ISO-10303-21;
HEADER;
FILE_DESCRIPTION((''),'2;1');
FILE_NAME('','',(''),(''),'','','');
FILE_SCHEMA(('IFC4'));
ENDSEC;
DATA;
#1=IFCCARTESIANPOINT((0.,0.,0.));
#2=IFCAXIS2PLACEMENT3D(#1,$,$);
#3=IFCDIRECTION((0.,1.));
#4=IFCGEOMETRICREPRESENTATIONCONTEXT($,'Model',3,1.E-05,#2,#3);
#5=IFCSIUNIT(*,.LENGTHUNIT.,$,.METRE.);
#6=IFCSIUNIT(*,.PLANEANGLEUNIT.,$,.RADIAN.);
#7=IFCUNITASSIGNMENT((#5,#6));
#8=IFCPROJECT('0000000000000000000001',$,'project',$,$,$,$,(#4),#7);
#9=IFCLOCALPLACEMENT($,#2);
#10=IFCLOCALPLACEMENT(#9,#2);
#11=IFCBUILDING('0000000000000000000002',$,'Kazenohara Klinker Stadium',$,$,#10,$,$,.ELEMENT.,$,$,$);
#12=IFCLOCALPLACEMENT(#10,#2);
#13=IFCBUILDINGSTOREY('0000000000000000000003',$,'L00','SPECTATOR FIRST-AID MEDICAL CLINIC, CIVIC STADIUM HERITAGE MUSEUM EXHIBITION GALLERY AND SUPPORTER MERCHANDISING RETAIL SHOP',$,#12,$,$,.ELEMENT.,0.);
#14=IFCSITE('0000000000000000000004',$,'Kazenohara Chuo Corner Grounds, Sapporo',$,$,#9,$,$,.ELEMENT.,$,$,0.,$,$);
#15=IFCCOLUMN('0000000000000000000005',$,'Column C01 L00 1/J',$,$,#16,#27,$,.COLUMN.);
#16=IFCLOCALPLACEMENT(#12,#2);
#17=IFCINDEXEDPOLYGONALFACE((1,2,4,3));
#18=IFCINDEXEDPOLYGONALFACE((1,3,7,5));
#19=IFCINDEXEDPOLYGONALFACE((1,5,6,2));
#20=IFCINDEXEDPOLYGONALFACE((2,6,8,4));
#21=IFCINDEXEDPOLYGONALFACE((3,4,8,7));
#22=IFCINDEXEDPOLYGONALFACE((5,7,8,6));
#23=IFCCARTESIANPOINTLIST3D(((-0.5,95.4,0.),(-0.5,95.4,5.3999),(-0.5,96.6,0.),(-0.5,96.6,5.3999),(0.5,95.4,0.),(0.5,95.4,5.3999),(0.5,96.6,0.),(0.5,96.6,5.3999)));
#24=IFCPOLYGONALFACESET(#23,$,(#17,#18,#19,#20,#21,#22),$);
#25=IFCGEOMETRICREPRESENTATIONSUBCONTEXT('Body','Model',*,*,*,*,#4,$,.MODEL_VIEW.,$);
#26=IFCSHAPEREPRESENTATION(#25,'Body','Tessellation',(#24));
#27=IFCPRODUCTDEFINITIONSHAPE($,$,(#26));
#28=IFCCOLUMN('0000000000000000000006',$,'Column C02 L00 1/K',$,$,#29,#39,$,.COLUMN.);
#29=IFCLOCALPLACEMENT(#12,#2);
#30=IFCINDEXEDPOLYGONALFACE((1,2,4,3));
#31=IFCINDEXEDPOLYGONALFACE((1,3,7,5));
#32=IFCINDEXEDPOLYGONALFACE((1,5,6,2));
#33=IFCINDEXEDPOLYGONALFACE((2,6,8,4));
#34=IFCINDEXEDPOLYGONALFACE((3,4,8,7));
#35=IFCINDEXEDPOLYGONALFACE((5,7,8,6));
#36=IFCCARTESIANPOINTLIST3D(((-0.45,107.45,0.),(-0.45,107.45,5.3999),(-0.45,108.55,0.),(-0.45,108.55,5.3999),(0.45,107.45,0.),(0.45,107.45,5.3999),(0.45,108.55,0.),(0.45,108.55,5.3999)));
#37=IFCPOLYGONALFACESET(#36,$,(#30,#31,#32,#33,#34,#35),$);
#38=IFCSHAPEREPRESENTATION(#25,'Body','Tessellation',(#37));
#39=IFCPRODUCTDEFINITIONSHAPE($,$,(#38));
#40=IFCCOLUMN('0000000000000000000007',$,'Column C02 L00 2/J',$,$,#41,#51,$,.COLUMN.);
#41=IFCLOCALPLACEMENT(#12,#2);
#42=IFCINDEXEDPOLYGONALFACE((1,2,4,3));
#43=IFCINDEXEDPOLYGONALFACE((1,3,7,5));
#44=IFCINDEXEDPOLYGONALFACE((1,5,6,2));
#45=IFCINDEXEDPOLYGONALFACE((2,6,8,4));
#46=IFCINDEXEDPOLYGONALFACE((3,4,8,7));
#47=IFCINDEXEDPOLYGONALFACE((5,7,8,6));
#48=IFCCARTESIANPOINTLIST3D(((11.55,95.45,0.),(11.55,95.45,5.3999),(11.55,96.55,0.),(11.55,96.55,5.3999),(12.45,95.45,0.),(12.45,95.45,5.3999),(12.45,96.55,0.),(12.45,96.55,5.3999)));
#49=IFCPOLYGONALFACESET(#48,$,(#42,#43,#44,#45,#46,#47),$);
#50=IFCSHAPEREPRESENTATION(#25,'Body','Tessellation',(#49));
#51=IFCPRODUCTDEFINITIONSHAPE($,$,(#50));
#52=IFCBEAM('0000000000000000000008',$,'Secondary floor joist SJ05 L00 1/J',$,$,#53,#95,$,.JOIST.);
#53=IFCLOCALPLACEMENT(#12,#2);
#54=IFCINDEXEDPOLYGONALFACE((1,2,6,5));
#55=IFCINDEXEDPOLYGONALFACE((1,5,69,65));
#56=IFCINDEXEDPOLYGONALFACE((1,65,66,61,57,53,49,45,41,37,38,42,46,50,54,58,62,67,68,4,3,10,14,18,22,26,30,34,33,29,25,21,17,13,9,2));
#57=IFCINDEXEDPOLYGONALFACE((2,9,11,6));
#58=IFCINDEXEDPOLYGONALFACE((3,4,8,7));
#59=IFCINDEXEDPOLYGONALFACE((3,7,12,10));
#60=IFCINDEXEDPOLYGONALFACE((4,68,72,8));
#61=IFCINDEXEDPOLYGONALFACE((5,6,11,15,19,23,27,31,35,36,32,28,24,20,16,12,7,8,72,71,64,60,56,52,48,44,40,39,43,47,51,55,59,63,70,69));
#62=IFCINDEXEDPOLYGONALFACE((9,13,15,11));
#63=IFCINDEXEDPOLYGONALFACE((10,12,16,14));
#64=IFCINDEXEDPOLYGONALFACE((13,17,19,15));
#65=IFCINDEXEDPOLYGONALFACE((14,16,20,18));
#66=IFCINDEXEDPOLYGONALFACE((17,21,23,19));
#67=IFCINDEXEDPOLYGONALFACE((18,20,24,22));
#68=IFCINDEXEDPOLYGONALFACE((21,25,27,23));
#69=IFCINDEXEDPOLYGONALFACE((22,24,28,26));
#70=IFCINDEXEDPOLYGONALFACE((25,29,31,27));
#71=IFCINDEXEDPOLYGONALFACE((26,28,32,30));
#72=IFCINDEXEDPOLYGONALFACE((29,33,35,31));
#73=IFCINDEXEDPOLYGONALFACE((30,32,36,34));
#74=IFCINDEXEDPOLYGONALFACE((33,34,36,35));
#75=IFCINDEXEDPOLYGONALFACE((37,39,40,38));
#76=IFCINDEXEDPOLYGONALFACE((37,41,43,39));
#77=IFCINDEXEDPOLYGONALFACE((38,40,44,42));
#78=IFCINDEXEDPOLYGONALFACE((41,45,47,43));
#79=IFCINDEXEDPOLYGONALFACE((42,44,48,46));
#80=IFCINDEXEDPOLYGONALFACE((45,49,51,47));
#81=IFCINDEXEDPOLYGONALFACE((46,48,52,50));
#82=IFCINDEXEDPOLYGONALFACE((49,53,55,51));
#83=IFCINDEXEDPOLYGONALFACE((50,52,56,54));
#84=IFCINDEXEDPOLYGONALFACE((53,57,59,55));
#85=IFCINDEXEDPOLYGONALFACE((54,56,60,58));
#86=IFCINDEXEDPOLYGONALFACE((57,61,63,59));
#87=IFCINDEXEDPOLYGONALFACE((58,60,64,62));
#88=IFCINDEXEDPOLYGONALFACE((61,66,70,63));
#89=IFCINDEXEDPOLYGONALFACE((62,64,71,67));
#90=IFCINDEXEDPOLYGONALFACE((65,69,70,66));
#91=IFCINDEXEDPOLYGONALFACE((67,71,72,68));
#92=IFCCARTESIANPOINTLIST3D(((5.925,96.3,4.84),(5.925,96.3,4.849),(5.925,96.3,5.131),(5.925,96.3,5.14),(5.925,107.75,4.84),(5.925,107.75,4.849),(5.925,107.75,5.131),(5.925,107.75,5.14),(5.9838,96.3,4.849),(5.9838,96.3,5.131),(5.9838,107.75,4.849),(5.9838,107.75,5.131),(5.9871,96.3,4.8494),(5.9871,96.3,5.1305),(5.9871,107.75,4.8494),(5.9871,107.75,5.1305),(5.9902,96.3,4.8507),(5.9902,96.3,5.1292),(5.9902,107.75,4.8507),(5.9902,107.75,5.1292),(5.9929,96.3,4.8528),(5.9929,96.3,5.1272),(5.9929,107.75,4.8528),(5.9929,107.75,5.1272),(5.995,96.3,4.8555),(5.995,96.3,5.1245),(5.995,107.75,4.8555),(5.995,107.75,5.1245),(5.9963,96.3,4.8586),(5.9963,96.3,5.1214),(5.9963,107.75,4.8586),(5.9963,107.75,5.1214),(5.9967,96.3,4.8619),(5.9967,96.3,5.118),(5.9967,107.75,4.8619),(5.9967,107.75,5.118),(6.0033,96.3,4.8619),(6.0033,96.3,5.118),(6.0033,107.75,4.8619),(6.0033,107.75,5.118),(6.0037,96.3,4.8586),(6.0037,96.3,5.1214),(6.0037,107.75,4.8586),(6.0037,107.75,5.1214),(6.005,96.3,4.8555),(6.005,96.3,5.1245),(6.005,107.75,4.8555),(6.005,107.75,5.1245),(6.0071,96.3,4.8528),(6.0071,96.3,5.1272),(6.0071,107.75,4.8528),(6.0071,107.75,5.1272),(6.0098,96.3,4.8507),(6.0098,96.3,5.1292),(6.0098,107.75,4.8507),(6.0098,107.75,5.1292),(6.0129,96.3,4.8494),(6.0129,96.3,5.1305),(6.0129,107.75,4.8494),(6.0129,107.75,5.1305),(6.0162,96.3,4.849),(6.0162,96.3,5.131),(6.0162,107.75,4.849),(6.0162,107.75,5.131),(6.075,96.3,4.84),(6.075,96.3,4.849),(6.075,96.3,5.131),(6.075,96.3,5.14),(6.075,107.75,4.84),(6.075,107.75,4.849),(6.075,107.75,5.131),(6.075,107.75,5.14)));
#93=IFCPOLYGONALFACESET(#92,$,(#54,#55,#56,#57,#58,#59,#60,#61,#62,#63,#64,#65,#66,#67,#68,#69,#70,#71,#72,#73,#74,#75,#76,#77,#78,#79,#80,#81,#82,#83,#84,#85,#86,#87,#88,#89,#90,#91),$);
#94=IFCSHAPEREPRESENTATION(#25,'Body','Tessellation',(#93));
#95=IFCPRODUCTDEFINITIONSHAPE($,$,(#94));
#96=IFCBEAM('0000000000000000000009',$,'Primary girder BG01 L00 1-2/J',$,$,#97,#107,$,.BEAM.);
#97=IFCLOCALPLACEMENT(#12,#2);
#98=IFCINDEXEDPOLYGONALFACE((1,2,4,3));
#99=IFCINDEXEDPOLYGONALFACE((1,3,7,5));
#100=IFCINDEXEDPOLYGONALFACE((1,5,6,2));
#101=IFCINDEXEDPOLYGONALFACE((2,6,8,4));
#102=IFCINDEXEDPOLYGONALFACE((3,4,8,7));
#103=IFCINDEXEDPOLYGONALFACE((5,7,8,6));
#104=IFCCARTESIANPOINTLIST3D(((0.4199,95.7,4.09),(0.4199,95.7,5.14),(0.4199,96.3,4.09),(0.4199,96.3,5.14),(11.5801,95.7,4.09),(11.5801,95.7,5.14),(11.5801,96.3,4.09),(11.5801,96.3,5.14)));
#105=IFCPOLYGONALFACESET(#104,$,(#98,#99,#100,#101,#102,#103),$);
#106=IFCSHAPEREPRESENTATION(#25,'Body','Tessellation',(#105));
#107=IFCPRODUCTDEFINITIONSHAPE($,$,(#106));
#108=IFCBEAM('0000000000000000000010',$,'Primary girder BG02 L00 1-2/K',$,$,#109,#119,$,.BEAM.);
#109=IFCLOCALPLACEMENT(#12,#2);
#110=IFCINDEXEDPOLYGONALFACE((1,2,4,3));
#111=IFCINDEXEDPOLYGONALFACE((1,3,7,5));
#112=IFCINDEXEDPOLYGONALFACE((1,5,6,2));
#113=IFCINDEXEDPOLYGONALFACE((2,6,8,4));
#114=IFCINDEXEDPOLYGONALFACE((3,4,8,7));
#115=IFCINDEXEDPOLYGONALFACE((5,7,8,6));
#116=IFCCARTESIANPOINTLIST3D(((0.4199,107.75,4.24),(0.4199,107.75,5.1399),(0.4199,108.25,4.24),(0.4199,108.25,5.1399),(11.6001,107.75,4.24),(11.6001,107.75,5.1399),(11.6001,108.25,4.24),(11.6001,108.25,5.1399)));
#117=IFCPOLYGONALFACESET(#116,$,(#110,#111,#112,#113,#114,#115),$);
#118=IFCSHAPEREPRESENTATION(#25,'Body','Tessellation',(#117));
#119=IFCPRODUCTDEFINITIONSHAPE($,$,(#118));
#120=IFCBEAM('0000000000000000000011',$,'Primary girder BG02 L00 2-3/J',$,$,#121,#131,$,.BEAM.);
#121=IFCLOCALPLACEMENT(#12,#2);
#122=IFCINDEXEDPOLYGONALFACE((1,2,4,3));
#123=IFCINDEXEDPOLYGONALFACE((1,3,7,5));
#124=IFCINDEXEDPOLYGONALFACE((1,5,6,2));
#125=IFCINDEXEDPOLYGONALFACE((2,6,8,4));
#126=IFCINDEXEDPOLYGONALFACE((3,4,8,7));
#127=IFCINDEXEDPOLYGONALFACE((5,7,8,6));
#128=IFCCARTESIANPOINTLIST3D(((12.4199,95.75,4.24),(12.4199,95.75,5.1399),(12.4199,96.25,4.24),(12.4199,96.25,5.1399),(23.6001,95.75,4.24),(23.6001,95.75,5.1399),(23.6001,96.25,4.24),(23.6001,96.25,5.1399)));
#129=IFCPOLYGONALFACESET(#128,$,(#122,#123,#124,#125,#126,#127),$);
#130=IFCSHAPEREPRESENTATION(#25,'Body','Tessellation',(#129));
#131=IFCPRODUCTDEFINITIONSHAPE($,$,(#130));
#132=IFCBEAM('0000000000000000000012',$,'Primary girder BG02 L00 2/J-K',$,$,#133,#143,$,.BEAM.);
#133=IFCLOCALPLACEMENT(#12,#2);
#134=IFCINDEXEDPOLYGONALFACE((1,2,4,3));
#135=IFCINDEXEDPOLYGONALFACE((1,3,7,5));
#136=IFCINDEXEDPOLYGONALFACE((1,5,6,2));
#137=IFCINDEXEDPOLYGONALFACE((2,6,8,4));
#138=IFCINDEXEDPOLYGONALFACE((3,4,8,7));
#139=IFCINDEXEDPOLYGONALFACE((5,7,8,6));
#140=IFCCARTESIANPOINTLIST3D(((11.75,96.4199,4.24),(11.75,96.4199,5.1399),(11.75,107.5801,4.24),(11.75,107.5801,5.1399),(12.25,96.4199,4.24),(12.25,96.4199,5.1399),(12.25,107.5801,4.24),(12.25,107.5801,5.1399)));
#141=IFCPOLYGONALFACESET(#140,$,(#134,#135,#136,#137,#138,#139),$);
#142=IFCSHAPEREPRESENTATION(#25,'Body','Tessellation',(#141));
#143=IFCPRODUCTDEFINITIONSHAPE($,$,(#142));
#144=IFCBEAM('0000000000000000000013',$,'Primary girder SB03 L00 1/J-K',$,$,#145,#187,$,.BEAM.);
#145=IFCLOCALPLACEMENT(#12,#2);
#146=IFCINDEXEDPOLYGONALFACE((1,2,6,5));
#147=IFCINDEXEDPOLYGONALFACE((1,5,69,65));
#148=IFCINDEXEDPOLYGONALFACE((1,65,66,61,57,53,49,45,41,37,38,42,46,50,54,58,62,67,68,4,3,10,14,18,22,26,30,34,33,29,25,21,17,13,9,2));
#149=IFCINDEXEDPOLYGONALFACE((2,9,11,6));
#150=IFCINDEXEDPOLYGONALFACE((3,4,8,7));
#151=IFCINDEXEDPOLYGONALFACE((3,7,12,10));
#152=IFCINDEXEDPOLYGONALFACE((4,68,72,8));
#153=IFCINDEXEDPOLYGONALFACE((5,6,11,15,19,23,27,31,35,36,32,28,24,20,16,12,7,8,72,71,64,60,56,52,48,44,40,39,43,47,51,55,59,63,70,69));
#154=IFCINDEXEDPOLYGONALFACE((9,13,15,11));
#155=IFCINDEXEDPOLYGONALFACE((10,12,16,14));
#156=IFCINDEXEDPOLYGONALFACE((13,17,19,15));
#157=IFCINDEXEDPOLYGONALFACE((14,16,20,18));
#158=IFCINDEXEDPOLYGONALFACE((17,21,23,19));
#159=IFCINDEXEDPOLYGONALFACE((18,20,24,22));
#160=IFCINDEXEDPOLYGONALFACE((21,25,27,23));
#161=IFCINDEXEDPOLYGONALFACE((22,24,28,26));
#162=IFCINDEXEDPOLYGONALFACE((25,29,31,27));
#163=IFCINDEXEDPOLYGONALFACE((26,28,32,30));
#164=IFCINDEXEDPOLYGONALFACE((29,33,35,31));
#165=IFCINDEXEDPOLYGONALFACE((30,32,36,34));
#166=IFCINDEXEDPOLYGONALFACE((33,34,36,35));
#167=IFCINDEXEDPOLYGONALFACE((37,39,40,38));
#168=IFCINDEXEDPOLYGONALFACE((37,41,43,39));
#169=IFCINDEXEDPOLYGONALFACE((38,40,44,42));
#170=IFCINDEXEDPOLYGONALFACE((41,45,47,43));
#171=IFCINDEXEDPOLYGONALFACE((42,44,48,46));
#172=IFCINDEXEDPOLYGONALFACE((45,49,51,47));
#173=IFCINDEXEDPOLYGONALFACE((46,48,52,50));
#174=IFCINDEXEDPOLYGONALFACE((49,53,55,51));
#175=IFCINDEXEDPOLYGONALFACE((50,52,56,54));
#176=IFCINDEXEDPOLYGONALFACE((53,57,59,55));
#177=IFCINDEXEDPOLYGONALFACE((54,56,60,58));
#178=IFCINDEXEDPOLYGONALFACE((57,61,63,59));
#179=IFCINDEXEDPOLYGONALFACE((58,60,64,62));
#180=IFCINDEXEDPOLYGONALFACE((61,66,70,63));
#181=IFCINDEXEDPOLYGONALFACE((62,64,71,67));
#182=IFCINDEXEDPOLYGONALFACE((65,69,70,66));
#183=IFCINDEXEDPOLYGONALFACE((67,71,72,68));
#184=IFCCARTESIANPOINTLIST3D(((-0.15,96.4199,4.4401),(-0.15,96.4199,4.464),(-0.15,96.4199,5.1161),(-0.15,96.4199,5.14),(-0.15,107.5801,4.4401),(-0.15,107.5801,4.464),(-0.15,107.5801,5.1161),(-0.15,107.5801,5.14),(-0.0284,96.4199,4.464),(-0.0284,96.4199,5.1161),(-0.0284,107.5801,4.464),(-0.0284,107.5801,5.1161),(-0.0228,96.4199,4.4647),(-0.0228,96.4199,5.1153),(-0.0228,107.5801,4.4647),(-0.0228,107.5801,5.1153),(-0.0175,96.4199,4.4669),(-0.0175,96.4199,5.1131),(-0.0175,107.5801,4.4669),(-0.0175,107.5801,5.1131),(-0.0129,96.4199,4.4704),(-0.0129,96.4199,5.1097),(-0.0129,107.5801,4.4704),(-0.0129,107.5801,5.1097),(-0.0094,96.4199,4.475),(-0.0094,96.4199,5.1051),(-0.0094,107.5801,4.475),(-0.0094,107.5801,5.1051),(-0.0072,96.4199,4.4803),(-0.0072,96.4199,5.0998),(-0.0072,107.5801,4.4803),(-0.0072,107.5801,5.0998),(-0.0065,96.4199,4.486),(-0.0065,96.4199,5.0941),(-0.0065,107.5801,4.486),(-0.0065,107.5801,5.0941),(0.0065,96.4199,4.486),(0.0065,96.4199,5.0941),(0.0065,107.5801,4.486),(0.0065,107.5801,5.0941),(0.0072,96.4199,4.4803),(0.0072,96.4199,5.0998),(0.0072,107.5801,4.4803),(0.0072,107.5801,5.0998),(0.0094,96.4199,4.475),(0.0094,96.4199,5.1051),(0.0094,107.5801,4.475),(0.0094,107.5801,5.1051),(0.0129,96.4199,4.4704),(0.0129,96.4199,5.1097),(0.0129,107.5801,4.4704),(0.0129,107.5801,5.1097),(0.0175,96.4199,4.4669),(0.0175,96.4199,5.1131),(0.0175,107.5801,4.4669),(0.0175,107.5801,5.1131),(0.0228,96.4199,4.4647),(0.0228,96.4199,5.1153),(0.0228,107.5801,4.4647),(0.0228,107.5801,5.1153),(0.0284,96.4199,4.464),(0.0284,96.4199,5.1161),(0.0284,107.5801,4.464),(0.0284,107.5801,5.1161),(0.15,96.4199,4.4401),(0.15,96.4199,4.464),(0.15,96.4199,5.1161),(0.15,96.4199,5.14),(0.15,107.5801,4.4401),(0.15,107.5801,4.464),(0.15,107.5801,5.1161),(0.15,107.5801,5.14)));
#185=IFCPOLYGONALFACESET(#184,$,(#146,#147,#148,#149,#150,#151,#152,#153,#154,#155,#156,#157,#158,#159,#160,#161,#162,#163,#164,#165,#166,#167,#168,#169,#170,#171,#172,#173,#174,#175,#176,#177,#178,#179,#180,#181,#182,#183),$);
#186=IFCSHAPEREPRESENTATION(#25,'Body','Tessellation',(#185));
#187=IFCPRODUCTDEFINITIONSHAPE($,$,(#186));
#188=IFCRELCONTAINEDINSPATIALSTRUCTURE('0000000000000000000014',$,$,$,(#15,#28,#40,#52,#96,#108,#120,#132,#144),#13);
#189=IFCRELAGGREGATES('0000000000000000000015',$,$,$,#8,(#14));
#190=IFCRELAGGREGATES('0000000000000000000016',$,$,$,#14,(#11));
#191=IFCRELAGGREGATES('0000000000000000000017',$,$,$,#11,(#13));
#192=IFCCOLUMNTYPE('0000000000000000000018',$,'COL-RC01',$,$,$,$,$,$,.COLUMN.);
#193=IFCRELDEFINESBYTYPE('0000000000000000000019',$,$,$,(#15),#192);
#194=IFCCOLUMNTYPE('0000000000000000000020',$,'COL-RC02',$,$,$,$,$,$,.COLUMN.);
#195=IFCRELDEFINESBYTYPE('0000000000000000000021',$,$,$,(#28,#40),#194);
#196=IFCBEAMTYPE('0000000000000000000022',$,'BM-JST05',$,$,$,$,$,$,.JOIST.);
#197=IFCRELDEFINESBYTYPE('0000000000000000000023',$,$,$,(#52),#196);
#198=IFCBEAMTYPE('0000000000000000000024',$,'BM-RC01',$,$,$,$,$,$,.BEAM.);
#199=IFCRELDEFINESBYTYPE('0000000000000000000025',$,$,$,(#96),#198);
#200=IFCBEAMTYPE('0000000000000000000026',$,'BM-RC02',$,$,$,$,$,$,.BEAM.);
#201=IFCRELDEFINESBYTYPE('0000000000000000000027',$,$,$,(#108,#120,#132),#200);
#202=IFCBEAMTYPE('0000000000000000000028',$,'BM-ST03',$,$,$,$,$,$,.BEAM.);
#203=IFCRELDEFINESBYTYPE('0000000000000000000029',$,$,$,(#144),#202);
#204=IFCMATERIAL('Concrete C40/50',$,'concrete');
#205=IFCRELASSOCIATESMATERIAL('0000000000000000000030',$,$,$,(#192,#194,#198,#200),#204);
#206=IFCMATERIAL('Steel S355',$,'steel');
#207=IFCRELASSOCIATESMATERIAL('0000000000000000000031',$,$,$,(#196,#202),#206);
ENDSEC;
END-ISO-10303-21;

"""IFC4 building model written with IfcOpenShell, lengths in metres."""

from ifc_helpers import new_model, si_unit, direction, frame, origin, origin_2d, place, context, subcontext, project, spatial, rectangle, i_section, extrude, material, material_profile, profile_set, type_object, element, save


model = new_model("IFC4")

# Units and contexts
model_context = context("Model", 3, precision=1e-05, world=origin(), true_north=direction((0.0, 1.0)))
body_context = subcontext(model_context, "Body", "Model", "MODEL_VIEW")
ifc_project = project(units=[si_unit("LENGTHUNIT", "METRE"), si_unit("PLANEANGLEUNIT", "RADIAN")], contexts=[model_context])

# Site, building, storey
site_placement = place(None, origin())
site = spatial("IfcSite", under=ifc_project, at=site_placement, Name="Kazenohara Chuo Corner Grounds, Sapporo", CompositionType="ELEMENT", RefElevation=0.0)
building_placement = place(site_placement, origin())
building = spatial("IfcBuilding", under=site, at=building_placement, Name="Kazenohara Klinker Stadium", CompositionType="ELEMENT")
storey_placement = place(building_placement, origin())
storey = spatial("IfcBuildingStorey", under=building, at=storey_placement, Name="L00", Description="SPECTATOR FIRST-AID MEDICAL CLINIC, CIVIC STADIUM HERITAGE MUSEUM EXHIBITION GALLERY AND SUPPORTER MERCHANDISING RETAIL SHOP", CompositionType="ELEMENT", Elevation=0.0)

# Columns
ifc_material_1 = material(Name="Concrete C40/50", Category="concrete")
ifc_material_profile_1 = material_profile(ifc_material_1, rectangle(XDim=1.0, YDim=1.2, at=origin_2d()), Name="RC-COL-1200x1000")
ifc_profile_set_1 = profile_set([ifc_material_profile_1], Name="Concrete C40/50")
column_type_1 = type_object("IfcColumnType", Name="COL-RC01", PredefinedType="COLUMN", material=ifc_profile_set_1)
column_placement = place(storey_placement, frame((0.0, 96.0, 0.0), z_axis=(0.0, 0.0, 1.0), x_axis=(1.0, 0.0, 0.0)))
element("IfcColumn", 1, at=column_placement, inside=storey, type_object=column_type_1, Name="Column C01 L00 1/J", PredefinedType="COLUMN", context=body_context, shape_type="SweptSolid", body=[
    extrude(rectangle(XDim=1.0, YDim=1.2, at=origin_2d()), origin(), (0.0, 0.0, 1.0), 5.3999),
])
ifc_material_profile_2 = material_profile(ifc_material_1, rectangle(XDim=0.8999, YDim=1.1001, at=origin_2d()), Name="RC-COL-1100x900")
ifc_profile_set_2 = profile_set([ifc_material_profile_2], Name="Concrete C40/50")
column_type_2 = type_object("IfcColumnType", Name="COL-RC02", PredefinedType="COLUMN", material=ifc_profile_set_2)
for number, where, z_axis, x_axis, name in (
    (2, (0.0, 108.0, 0.0), (0.0, 0.0, 1.0), (1.0, 0.0, 0.0), "Column C02 L00 1/K"),
    (3, (12.0, 96.0, 0.0), (0.0, 0.0, 1.0), (1.0, 0.0, 0.0), "Column C02 L00 2/J"),
):
    element("IfcColumn", number, at=place(storey_placement, frame(where, z_axis=z_axis, x_axis=x_axis)), inside=storey, type_object=column_type_2, Name=name, PredefinedType="COLUMN", context=body_context, shape_type="SweptSolid", body=[
        extrude(rectangle(XDim=0.8999, YDim=1.1001, at=origin_2d()), origin(), (0.0, 0.0, 1.0), 5.3999),
    ])

# Beams
ifc_material_2 = material(Name="Steel S355", Category="steel")
ifc_material_profile_3 = material_profile(ifc_material_2, i_section(OverallWidth=0.1499, OverallDepth=0.3, WebThickness=0.0066, FlangeThickness=0.009, FilletRadius=0.0129, at=origin_2d()), Name="H-300x150x6.5x9")
ifc_profile_set_3 = profile_set([ifc_material_profile_3], Name="Steel S355")
beam_type_1 = type_object("IfcBeamType", Name="BM-JST05", PredefinedType="JOIST", material=ifc_profile_set_3)
beam_1_placement = place(storey_placement, frame((6.0, 96.3, 4.99), z_axis=(0.0, 1.0, 0.0), x_axis=(-1.0, 0.0, 0.0)))
element("IfcBeam", 4, at=beam_1_placement, inside=storey, type_object=beam_type_1, Name="Secondary floor joist SJ05 L00 1/J", PredefinedType="JOIST", context=body_context, shape_type="SweptSolid", body=[
    extrude(i_section(OverallWidth=0.1499, OverallDepth=0.3, WebThickness=0.0066, FlangeThickness=0.009, FilletRadius=0.0129, at=origin_2d()), origin(), (0.0, 0.0, 1.0), 11.45),
])
ifc_material_profile_4 = material_profile(ifc_material_1, rectangle(XDim=0.6001, YDim=1.05, at=origin_2d()), Name="RC-BM-600x1050")
ifc_profile_set_4 = profile_set([ifc_material_profile_4], Name="Concrete C40/50")
beam_type_2 = type_object("IfcBeamType", Name="BM-RC01", PredefinedType="BEAM", material=ifc_profile_set_4)
beam_2_placement = place(storey_placement, frame((0.4199, 96.0, 4.615), z_axis=(1.0, 0.0, 0.0), x_axis=(0.0, 1.0, 0.0)))
element("IfcBeam", 5, at=beam_2_placement, inside=storey, type_object=beam_type_2, Name="Primary girder BG01 L00 1-2/J", PredefinedType="BEAM", context=body_context, shape_type="SweptSolid", body=[
    extrude(rectangle(XDim=0.6001, YDim=1.05, at=origin_2d()), origin(), (0.0, 0.0, 1.0), 11.1602),
])
ifc_material_profile_5 = material_profile(ifc_material_1, rectangle(XDim=0.5, YDim=0.8999, at=origin_2d()), Name="RC-BM-500x900")
ifc_profile_set_5 = profile_set([ifc_material_profile_5], Name="Concrete C40/50")
beam_type_3 = type_object("IfcBeamType", Name="BM-RC02", PredefinedType="BEAM", material=ifc_profile_set_5)
for number, where, z_axis, x_axis, name in (
    (6, (0.4199, 108.0, 4.6899), (1.0, 0.0, 0.0), (0.0, 1.0, 0.0), "Primary girder BG02 L00 1-2/K"),
    (7, (12.4199, 96.0, 4.6899), (1.0, 0.0, 0.0), (0.0, 1.0, 0.0), "Primary girder BG02 L00 2-3/J"),
):
    element("IfcBeam", number, at=place(storey_placement, frame(where, z_axis=z_axis, x_axis=x_axis)), inside=storey, type_object=beam_type_3, Name=name, PredefinedType="BEAM", context=body_context, shape_type="SweptSolid", body=[
        extrude(rectangle(XDim=0.5, YDim=0.8999, at=origin_2d()), origin(), (0.0, 0.0, 1.0), 11.1802),
    ])
beam_3_placement = place(storey_placement, frame((12.0, 96.4199, 4.6899), z_axis=(0.0, 1.0, 0.0), x_axis=(-1.0, 0.0, 0.0)))
element("IfcBeam", 8, at=beam_3_placement, inside=storey, type_object=beam_type_3, Name="Primary girder BG02 L00 2/J-K", PredefinedType="BEAM", context=body_context, shape_type="SweptSolid", body=[
    extrude(rectangle(XDim=0.5, YDim=0.8999, at=origin_2d()), origin(), (0.0, 0.0, 1.0), 11.1602),
])
ifc_material_profile_6 = material_profile(ifc_material_2, i_section(OverallWidth=0.3, OverallDepth=0.7, WebThickness=0.0129, FlangeThickness=0.0239, FilletRadius=0.022, at=origin_2d()), Name="H-700x300x13x24")
ifc_profile_set_6 = profile_set([ifc_material_profile_6], Name="Steel S355")
beam_type_4 = type_object("IfcBeamType", Name="BM-ST03", PredefinedType="BEAM", material=ifc_profile_set_6)
beam_4_placement = place(storey_placement, frame((0.0, 96.4199, 4.79), z_axis=(0.0, 1.0, 0.0), x_axis=(-1.0, 0.0, 0.0)))
element("IfcBeam", 9, at=beam_4_placement, inside=storey, type_object=beam_type_4, Name="Primary girder SB03 L00 1/J-K", PredefinedType="BEAM", context=body_context, shape_type="SweptSolid", body=[
    extrude(i_section(OverallWidth=0.3, OverallDepth=0.7, WebThickness=0.0129, FlangeThickness=0.0239, FilletRadius=0.022, at=origin_2d()), origin(), (0.0, 0.0, 1.0), 11.1602),
])

save(model, "model.ifc")
